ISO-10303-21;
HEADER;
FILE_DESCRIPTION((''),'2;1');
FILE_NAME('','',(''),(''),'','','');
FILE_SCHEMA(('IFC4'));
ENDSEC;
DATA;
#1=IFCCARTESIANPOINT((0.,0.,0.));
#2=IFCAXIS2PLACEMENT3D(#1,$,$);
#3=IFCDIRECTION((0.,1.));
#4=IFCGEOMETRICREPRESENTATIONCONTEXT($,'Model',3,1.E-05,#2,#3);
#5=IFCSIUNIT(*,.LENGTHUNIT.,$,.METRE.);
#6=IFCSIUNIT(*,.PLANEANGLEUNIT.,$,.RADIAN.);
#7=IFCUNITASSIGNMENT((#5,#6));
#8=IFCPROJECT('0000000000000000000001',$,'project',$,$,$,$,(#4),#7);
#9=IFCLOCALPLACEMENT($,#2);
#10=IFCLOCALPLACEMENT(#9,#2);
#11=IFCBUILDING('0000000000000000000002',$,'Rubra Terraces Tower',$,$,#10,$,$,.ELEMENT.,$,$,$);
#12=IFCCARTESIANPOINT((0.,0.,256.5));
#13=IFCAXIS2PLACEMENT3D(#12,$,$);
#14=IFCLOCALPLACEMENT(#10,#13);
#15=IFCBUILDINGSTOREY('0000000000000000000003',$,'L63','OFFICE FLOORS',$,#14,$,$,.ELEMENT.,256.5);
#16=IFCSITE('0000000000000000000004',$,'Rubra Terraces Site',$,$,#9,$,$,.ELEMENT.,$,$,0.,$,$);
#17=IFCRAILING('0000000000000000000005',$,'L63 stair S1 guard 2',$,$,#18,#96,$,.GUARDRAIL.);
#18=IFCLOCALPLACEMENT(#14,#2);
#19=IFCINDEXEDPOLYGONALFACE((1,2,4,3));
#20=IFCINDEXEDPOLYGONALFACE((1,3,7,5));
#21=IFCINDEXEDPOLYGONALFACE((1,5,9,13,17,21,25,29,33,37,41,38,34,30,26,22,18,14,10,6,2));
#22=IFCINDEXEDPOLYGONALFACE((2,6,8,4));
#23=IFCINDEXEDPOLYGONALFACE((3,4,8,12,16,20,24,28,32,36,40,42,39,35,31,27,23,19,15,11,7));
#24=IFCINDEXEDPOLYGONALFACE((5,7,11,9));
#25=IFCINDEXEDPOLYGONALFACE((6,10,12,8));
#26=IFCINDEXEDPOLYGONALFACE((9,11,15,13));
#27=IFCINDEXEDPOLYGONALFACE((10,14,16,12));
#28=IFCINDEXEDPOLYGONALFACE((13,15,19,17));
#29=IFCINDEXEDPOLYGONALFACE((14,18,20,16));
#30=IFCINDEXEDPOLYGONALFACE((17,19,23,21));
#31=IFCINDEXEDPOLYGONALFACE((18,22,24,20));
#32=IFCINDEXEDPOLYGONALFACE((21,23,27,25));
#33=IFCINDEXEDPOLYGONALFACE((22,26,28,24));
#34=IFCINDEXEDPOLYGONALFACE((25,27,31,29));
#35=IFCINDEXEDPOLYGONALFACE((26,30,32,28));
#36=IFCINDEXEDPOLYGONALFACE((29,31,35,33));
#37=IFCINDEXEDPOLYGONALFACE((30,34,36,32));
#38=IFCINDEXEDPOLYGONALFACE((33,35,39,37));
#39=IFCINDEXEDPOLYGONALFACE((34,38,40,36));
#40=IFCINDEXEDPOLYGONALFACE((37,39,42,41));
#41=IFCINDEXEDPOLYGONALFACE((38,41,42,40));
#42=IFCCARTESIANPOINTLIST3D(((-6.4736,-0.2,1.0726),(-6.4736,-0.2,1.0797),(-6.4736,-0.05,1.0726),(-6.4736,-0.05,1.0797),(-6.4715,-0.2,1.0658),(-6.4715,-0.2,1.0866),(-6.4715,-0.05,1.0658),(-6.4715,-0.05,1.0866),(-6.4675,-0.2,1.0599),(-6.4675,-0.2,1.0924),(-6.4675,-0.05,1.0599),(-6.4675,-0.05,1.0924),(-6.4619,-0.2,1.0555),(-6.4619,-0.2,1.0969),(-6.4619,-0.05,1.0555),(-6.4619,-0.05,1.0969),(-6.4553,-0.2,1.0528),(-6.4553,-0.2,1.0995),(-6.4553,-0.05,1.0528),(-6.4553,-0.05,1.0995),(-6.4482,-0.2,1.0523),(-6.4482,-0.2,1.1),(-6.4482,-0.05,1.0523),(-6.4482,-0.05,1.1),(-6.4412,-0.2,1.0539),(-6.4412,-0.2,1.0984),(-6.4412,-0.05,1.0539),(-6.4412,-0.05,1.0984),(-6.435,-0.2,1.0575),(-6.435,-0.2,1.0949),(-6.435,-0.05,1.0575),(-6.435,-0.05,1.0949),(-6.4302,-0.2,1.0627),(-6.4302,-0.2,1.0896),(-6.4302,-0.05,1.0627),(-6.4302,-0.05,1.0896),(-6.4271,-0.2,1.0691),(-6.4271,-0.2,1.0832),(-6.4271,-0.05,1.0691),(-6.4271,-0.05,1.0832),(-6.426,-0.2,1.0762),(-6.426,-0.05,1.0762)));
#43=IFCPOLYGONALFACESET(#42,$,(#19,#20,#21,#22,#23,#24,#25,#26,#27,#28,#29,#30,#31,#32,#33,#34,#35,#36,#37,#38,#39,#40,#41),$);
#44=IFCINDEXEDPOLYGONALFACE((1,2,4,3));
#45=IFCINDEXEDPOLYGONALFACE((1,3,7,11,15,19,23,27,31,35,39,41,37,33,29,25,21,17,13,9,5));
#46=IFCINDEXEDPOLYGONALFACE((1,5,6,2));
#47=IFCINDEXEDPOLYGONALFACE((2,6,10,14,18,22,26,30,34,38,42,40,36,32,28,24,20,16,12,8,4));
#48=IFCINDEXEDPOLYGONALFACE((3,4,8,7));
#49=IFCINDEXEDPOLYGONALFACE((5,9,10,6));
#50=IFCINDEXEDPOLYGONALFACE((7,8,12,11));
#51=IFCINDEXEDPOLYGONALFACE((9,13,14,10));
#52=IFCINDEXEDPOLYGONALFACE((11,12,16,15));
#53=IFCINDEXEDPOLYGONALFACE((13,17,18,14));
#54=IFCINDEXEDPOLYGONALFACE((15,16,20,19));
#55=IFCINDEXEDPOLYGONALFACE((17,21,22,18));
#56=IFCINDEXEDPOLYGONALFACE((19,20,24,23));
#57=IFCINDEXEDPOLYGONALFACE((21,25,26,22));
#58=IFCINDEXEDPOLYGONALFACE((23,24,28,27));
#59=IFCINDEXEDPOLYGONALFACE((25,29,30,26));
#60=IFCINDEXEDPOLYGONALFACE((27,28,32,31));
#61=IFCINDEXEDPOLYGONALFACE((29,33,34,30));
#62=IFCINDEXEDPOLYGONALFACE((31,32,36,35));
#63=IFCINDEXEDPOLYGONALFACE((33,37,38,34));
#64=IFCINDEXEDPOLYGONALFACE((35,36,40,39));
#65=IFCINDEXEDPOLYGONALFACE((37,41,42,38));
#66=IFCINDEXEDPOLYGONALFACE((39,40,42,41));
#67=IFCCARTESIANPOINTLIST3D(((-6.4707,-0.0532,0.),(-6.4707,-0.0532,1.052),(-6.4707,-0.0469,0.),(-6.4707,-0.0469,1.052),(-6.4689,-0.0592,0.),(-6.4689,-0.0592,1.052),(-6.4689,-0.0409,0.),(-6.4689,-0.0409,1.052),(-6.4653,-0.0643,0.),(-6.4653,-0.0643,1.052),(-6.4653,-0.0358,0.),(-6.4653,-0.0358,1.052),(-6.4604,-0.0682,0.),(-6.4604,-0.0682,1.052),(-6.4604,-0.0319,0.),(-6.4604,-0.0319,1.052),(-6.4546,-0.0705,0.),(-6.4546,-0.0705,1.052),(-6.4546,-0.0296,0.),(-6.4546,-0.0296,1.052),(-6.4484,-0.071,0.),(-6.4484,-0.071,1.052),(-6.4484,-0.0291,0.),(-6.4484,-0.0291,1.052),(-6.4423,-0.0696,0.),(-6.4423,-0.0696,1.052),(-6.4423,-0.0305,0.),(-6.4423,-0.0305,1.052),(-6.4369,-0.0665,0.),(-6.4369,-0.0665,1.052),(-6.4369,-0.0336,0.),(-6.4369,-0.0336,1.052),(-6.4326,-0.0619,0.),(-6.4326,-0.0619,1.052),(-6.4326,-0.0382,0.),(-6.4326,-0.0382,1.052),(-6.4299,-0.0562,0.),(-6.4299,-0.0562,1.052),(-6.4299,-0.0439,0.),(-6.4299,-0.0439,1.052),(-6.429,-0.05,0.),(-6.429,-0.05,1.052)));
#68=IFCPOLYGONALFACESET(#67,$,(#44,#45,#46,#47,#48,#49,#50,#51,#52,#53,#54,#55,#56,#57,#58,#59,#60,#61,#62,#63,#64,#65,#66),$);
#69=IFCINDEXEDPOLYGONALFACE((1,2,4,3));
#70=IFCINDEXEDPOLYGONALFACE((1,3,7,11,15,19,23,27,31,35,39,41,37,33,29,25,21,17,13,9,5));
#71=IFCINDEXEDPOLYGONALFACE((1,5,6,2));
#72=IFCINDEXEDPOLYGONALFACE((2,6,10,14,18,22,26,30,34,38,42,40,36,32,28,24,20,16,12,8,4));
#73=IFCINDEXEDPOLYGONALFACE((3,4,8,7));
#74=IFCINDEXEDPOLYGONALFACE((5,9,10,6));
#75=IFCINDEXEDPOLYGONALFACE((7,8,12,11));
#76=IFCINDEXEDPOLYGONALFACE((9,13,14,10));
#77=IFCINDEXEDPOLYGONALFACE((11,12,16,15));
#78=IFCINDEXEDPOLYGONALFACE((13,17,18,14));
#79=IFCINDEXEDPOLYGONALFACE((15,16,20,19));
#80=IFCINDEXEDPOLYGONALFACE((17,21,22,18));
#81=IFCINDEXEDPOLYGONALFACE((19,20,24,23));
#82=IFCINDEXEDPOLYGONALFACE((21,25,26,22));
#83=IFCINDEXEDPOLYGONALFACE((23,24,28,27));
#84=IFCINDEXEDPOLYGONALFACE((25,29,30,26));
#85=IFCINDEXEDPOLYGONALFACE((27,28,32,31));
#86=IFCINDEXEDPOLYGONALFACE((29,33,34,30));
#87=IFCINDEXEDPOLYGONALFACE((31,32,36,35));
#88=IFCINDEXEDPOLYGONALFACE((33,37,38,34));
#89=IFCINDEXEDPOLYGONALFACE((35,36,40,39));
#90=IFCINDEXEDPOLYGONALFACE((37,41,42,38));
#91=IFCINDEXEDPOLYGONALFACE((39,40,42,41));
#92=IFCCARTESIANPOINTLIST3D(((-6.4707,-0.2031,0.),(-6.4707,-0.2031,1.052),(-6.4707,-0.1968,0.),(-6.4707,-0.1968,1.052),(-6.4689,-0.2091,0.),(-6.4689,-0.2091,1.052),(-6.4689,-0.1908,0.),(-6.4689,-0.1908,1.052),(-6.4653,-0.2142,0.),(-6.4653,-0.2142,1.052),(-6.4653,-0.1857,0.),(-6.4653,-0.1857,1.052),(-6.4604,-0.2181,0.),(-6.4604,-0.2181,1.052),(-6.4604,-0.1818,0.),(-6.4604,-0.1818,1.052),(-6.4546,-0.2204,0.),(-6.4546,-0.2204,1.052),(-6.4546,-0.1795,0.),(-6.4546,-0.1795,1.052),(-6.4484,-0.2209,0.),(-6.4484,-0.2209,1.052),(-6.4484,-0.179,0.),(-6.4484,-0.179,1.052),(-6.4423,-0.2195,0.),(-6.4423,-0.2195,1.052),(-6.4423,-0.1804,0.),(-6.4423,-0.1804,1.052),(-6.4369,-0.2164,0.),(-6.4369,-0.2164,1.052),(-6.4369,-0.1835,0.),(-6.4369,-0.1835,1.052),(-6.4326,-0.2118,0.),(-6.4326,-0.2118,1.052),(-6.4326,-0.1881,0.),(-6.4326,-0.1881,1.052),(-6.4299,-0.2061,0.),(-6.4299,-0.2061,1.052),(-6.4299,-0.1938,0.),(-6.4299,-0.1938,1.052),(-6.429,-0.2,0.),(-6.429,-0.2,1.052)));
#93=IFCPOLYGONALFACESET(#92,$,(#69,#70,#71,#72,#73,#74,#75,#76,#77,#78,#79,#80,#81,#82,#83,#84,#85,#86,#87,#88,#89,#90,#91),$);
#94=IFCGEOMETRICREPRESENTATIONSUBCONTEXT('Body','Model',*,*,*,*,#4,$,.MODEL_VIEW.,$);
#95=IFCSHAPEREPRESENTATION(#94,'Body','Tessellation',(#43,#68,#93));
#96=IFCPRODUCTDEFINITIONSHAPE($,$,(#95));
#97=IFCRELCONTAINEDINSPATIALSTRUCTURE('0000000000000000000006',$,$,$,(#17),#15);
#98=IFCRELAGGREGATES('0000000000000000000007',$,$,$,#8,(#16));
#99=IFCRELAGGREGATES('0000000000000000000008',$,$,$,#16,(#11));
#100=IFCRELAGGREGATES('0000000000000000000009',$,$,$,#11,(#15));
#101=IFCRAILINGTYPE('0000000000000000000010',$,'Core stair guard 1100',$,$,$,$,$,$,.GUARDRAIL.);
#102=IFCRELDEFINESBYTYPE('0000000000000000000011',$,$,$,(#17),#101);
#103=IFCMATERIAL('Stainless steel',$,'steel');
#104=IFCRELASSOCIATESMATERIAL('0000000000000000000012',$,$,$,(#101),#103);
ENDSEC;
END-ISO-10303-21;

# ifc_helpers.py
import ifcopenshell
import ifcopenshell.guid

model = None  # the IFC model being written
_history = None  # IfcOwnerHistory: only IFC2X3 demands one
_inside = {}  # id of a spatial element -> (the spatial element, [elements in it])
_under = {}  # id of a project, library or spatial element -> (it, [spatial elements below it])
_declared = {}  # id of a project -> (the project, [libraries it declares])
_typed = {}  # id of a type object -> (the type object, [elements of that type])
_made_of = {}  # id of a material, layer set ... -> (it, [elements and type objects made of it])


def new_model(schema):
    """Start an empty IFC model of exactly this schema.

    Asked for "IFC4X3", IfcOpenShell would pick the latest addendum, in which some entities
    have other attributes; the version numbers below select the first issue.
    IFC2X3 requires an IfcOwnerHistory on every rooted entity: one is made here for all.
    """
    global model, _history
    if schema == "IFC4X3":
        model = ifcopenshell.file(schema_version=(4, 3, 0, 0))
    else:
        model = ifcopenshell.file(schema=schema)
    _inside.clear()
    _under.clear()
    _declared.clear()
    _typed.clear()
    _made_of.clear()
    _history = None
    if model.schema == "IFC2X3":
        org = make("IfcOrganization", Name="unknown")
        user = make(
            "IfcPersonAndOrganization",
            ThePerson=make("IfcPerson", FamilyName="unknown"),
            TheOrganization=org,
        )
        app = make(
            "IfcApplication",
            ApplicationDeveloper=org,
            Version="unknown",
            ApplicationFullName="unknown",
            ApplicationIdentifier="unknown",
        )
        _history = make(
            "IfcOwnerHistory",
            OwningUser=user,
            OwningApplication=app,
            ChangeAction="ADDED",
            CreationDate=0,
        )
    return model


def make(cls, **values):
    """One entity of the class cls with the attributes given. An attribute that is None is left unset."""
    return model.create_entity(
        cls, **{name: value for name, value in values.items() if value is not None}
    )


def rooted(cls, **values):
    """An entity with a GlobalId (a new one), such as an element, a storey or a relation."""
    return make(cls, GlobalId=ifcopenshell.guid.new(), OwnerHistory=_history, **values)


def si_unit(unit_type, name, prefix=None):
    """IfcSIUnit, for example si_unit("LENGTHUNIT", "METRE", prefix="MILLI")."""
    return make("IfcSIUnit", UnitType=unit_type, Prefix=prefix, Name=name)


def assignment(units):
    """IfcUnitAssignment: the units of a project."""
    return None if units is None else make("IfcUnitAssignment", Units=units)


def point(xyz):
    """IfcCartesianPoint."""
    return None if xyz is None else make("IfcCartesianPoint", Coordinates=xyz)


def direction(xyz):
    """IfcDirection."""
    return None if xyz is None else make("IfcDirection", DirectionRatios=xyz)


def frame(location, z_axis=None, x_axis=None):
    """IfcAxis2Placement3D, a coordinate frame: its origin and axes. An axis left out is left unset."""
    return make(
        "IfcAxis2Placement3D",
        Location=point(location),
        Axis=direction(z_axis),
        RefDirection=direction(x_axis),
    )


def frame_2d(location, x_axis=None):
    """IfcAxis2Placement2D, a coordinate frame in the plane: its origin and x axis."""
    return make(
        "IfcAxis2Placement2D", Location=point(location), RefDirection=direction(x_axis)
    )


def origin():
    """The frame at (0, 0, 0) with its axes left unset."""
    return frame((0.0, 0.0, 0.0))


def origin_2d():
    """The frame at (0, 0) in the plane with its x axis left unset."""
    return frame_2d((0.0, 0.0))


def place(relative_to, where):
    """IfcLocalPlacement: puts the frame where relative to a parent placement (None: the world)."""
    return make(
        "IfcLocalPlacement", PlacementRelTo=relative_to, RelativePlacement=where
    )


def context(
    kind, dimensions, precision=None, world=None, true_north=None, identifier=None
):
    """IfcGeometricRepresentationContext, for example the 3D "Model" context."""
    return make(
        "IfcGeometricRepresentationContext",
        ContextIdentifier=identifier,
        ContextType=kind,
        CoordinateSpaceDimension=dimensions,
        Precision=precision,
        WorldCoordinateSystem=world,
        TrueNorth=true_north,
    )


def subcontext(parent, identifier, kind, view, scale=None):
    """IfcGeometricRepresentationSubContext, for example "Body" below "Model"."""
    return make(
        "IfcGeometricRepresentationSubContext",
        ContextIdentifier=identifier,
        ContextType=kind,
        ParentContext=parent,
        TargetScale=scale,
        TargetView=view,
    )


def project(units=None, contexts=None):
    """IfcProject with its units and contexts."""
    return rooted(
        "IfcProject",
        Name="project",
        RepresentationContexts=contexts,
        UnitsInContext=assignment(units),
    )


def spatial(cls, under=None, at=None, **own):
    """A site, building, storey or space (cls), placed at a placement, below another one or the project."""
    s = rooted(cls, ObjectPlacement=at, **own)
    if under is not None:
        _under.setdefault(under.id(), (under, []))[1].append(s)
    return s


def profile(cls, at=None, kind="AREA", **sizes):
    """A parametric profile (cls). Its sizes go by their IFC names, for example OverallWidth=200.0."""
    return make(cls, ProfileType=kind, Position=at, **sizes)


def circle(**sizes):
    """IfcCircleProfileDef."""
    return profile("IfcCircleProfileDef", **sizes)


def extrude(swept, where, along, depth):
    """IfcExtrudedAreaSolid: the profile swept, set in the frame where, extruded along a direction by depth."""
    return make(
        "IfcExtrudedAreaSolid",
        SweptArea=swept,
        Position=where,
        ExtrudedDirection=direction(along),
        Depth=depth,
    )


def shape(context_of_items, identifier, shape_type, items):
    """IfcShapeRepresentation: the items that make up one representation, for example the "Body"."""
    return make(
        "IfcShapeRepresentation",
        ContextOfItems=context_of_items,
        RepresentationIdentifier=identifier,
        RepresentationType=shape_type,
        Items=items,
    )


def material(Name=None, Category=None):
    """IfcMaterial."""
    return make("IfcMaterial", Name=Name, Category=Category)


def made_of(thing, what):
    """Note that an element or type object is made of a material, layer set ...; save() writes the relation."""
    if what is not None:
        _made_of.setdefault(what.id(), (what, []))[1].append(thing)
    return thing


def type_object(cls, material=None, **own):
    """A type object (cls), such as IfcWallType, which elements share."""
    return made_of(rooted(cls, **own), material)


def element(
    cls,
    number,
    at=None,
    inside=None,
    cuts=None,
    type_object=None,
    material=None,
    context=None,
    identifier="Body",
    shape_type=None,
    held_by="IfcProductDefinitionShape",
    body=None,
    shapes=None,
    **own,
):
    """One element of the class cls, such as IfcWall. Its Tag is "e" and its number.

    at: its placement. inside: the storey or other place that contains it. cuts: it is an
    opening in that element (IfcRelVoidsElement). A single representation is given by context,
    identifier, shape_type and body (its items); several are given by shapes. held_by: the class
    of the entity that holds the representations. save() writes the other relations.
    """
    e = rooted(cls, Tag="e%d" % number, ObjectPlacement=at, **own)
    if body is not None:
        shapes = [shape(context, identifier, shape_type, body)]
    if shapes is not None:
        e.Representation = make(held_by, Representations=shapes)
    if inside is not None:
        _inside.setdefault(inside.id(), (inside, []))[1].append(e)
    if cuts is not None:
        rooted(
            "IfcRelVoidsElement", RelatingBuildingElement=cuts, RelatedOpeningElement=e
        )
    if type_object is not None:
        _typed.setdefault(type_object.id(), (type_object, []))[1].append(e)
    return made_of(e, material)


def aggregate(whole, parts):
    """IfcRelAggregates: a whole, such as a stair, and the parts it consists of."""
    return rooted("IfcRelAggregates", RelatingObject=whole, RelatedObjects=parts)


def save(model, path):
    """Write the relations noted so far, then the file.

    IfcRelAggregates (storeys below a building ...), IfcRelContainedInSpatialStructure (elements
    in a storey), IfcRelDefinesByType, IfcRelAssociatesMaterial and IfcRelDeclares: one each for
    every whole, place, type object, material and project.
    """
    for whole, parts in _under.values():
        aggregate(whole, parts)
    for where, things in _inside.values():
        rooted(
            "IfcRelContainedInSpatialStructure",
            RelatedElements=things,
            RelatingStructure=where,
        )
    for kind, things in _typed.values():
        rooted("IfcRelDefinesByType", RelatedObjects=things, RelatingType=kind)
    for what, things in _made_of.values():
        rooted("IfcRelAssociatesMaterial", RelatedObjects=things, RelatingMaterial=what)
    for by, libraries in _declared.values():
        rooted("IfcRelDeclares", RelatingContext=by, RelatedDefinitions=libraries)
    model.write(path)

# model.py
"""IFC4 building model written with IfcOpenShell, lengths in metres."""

from ifc_helpers import new_model, si_unit, direction, frame, origin, origin_2d, place, context, subcontext, project, spatial, circle, extrude, material, type_object, element, save


model = new_model("IFC4")

# Units and contexts
model_context = context("Model", 3, precision=1e-05, world=origin(), true_north=direction((0.0, 1.0)))
body_context = subcontext(model_context, "Body", "Model", "MODEL_VIEW")
ifc_project = project(units=[si_unit("LENGTHUNIT", "METRE"), si_unit("PLANEANGLEUNIT", "RADIAN")], contexts=[model_context])

# Site, building, storey
site_placement = place(None, origin())
site = spatial("IfcSite", under=ifc_project, at=site_placement, Name="Rubra Terraces Site", CompositionType="ELEMENT", RefElevation=0.0)
building_placement = place(site_placement, origin())
building = spatial("IfcBuilding", under=site, at=building_placement, Name="Rubra Terraces Tower", CompositionType="ELEMENT")
storey_placement = place(building_placement, frame((0.0, 0.0, 256.5)))
storey = spatial("IfcBuildingStorey", under=building, at=storey_placement, Name="L63", Description="OFFICE FLOORS", CompositionType="ELEMENT", Elevation=256.5)

# Railing
ifc_material_1 = material(Name="Stainless steel", Category="steel")
railing_type_1 = type_object("IfcRailingType", Name="Core stair guard 1100", PredefinedType="GUARDRAIL", material=ifc_material_1)
railing_1_placement = place(storey_placement, frame((-6.45, -0.05, 0.0)))
element("IfcRailing", 1, at=railing_1_placement, inside=storey, type_object=railing_type_1, Name="L63 stair S1 guard 2", PredefinedType="GUARDRAIL", context=body_context, shape_type="SweptSolid", body=[
    extrude(circle(Radius=0.0239, at=origin_2d()), frame((0.0, 0.0, 1.0762), z_axis=(0.0, -1.0, 0.0), x_axis=(1.0, 0.0, 0.0)), (0.0, 0.0, 1.0), 0.1499),
    extrude(circle(Radius=0.021, at=origin_2d()), origin(), (0.0, 0.0, 1.0), 1.052),
    extrude(circle(Radius=0.021, at=origin_2d()), frame((0.0, -0.1499, 0.0)), (0.0, 0.0, 1.0), 1.052),
])

save(model, "model.ifc")
